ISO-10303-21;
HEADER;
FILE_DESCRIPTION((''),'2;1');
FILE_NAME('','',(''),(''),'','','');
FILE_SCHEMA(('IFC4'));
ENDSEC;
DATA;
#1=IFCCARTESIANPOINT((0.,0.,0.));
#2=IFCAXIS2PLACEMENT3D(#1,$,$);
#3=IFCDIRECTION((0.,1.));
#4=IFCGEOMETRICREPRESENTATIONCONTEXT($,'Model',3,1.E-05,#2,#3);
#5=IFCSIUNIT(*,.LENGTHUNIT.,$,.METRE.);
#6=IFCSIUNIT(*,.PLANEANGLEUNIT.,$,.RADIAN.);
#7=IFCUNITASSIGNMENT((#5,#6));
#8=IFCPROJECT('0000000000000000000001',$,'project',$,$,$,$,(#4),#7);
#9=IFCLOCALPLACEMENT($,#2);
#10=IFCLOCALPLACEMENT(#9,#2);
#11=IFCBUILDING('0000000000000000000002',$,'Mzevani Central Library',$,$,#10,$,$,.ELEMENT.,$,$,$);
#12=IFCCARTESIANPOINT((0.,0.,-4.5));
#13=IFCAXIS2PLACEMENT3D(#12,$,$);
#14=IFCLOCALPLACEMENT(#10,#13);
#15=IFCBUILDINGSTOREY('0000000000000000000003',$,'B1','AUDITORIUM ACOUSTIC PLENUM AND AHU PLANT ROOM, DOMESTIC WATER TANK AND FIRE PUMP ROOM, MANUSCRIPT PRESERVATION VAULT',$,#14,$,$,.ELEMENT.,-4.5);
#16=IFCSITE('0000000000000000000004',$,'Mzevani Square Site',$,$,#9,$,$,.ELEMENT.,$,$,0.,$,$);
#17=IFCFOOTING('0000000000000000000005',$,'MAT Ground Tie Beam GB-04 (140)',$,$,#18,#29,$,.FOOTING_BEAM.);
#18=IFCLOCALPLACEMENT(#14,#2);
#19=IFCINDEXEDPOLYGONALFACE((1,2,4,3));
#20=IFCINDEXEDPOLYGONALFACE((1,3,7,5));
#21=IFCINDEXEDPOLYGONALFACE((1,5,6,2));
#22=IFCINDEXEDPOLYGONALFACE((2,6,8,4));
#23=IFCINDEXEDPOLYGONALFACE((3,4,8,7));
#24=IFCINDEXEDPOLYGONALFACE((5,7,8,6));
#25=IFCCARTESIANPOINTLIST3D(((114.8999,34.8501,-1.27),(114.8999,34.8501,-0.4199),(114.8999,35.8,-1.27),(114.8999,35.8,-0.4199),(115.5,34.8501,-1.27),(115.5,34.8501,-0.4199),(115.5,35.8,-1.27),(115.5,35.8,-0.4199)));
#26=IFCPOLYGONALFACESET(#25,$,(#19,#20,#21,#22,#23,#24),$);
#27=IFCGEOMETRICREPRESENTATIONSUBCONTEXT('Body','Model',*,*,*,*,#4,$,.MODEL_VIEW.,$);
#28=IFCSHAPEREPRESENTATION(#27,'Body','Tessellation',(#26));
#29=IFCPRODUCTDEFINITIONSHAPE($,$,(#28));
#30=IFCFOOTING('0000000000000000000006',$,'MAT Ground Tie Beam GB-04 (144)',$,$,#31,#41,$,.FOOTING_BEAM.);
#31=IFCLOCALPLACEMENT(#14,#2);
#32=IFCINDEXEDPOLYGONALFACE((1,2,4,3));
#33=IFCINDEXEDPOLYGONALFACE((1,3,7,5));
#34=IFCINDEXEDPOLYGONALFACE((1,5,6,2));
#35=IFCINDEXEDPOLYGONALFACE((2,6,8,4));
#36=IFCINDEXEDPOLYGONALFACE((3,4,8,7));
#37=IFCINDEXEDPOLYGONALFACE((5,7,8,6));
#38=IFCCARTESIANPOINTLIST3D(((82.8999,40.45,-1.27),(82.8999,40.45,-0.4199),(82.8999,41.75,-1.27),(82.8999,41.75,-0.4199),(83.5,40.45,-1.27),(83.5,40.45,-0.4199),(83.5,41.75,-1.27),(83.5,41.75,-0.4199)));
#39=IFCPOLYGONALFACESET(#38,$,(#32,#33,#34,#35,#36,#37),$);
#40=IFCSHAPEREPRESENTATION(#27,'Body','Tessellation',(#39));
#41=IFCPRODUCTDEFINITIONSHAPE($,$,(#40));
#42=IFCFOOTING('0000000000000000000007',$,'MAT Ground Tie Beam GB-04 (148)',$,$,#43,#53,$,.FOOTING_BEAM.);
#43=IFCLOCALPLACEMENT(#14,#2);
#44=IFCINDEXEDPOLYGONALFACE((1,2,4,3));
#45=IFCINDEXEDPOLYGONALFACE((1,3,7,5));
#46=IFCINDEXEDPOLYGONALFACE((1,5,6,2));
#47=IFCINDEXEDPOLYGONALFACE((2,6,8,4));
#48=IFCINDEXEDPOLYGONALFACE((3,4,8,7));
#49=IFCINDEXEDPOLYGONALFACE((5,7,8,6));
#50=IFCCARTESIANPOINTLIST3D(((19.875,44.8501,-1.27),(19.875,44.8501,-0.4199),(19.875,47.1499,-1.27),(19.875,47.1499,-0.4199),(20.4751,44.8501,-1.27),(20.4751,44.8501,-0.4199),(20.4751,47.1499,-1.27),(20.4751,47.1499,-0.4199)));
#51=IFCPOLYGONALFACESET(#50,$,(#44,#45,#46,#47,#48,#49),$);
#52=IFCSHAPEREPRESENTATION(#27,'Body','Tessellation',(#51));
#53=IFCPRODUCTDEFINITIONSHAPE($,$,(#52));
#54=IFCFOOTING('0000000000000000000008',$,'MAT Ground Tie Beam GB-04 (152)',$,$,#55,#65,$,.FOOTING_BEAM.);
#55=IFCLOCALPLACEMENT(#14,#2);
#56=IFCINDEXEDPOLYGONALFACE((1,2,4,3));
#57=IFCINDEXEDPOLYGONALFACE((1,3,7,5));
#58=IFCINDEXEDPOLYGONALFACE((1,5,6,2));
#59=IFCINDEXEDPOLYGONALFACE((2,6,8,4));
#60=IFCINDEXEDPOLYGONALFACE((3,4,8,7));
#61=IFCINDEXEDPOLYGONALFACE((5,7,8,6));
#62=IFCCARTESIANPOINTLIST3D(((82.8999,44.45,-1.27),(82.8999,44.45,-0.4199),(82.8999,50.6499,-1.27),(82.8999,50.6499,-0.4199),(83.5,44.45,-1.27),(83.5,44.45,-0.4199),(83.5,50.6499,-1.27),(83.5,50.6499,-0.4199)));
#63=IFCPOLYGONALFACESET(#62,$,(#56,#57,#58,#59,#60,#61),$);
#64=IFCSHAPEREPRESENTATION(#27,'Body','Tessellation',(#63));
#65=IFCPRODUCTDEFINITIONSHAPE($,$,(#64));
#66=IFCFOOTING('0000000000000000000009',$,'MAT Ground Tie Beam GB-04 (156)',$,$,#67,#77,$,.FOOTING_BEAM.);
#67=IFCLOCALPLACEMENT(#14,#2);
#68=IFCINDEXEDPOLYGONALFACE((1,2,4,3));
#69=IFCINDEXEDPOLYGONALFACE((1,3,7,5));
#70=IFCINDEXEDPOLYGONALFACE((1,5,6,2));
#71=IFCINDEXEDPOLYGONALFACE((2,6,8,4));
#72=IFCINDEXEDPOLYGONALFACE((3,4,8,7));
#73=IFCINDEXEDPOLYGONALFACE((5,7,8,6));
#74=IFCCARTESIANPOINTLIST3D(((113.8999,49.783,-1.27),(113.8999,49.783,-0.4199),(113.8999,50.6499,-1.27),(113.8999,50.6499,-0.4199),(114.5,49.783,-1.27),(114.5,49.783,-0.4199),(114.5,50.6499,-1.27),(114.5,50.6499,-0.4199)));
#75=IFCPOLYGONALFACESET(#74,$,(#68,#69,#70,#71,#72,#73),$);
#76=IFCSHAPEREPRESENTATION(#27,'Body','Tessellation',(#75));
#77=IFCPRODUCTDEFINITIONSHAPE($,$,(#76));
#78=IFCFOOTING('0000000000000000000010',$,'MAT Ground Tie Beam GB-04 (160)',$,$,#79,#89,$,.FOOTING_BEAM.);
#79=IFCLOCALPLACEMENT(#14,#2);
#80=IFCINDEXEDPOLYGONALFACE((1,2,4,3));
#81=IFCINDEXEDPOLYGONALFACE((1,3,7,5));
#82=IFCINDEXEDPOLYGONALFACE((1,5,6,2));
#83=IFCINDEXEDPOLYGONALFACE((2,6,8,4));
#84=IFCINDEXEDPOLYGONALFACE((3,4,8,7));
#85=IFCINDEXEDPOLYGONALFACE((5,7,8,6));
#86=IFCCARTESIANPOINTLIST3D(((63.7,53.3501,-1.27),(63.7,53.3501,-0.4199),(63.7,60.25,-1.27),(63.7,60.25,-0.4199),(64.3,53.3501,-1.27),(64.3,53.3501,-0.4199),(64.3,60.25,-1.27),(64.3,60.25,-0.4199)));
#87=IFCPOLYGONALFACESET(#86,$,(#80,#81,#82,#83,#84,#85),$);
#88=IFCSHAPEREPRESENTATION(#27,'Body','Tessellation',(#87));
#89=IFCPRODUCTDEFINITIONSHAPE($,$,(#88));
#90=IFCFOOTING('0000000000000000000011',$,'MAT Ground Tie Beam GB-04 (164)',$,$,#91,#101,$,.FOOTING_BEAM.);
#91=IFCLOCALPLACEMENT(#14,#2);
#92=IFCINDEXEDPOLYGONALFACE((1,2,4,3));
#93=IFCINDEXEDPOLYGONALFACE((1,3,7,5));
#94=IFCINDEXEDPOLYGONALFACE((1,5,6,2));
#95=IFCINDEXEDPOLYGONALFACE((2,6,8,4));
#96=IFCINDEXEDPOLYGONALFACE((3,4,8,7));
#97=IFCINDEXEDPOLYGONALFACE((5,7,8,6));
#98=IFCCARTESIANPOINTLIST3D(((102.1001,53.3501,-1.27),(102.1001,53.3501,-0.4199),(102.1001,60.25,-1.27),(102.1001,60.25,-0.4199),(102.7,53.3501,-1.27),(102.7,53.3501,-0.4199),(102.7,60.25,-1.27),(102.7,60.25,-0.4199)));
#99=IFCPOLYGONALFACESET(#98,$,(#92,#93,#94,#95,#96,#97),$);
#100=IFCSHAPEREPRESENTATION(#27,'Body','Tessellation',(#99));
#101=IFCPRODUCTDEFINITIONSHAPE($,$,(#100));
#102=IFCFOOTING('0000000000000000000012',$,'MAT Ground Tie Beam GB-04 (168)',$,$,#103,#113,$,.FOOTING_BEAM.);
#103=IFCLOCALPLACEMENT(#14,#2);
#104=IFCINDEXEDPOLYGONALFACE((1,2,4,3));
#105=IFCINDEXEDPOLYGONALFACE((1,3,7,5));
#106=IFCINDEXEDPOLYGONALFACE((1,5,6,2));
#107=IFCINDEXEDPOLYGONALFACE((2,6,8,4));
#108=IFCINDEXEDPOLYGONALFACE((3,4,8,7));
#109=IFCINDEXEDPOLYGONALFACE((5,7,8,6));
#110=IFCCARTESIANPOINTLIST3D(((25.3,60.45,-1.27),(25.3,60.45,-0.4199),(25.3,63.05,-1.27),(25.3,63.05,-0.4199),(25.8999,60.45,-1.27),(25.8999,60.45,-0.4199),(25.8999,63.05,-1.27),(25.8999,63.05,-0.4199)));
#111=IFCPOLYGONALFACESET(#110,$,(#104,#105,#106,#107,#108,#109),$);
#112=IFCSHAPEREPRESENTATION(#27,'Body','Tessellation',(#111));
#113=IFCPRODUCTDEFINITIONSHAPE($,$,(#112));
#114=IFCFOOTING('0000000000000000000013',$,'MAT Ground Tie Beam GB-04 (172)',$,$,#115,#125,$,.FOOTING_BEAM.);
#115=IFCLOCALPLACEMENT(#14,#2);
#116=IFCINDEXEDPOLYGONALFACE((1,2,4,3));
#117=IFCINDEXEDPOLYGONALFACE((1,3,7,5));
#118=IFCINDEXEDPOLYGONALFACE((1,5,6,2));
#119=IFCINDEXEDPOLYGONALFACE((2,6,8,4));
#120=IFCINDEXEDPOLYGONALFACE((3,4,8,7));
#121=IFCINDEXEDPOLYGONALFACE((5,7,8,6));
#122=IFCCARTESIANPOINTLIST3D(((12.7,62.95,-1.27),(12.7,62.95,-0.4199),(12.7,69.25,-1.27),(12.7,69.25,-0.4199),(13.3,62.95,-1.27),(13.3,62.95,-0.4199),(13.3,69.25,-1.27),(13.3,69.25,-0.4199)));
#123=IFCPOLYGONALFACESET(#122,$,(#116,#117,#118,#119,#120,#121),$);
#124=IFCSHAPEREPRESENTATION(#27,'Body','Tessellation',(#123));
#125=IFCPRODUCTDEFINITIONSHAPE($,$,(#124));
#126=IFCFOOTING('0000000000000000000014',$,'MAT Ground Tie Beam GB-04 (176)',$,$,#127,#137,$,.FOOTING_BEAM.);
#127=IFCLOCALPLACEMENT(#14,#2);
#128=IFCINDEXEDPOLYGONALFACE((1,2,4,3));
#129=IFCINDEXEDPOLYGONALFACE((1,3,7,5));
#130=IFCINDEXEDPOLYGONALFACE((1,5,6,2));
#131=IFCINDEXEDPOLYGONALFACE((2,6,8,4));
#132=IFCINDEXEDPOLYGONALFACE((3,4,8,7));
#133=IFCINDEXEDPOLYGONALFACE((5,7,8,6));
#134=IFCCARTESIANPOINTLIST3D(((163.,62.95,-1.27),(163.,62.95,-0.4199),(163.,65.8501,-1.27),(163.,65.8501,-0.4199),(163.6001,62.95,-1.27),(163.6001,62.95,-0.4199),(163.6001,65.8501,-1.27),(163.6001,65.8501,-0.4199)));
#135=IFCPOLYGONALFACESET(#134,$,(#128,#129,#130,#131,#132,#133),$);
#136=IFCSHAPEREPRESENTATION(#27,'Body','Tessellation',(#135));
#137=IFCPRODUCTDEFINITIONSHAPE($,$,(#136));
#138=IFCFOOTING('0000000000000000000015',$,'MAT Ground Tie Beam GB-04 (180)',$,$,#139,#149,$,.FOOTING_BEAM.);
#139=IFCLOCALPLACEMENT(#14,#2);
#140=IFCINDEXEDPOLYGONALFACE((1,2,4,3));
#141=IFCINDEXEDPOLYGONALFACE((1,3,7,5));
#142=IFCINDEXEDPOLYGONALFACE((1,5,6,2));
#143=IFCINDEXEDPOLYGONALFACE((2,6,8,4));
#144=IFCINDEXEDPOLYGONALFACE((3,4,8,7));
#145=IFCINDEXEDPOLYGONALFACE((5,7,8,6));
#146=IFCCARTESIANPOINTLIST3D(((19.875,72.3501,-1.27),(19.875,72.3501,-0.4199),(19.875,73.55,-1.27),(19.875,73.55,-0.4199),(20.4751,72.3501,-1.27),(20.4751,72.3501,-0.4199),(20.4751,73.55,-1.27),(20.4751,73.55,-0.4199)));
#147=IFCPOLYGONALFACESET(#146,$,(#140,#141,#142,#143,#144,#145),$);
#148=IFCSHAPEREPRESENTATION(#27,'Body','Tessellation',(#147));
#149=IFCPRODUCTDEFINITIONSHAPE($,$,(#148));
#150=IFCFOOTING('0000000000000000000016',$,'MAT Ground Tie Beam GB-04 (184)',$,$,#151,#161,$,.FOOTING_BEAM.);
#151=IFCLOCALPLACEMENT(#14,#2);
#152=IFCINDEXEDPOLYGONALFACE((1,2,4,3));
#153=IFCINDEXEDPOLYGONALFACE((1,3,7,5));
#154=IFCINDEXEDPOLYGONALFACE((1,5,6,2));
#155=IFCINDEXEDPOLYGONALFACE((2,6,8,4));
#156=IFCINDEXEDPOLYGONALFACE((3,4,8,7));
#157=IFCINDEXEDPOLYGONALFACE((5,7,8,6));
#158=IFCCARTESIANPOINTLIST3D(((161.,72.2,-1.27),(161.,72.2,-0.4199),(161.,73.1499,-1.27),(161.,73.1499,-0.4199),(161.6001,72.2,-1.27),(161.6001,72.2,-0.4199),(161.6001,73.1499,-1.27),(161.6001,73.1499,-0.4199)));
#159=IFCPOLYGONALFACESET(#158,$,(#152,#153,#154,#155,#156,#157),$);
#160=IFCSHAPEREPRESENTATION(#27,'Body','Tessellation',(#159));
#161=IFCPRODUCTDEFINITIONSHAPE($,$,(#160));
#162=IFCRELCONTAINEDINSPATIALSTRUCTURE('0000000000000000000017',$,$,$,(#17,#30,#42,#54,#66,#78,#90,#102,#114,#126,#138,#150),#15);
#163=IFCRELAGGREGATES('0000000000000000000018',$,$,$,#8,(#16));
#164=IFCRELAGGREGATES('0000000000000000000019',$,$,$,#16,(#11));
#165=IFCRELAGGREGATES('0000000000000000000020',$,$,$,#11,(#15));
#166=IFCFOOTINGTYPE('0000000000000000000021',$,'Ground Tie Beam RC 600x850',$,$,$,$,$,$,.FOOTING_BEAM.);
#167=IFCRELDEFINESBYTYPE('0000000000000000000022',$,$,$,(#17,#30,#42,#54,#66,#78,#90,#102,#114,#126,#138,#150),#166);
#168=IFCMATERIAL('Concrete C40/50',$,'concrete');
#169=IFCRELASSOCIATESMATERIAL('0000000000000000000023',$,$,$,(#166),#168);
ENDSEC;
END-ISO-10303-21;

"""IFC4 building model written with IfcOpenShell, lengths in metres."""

from ifc_helpers import new_model, si_unit, direction, frame, origin, place, context, subcontext, project, spatial, polyline, outline, extrude, material, type_object, element, save


model = new_model("IFC4")

# Units and contexts
model_context = context("Model", 3, precision=1e-05, world=origin(), true_north=direction((0.0, 1.0)))
body_context = subcontext(model_context, "Body", "Model", "MODEL_VIEW")
ifc_project = project(units=[si_unit("LENGTHUNIT", "METRE"), si_unit("PLANEANGLEUNIT", "RADIAN")], contexts=[model_context])

# Site, building, storey
site_placement = place(None, origin())
site = spatial("IfcSite", under=ifc_project, at=site_placement, Name="Mzevani Square Site", CompositionType="ELEMENT", RefElevation=0.0)
building_placement = place(site_placement, origin())
building = spatial("IfcBuilding", under=site, at=building_placement, Name="Mzevani Central Library", CompositionType="ELEMENT")
storey_placement = place(building_placement, frame((0.0, 0.0, -4.5)))
storey = spatial("IfcBuildingStorey", under=building, at=storey_placement, Name="B1", Description="AUDITORIUM ACOUSTIC PLENUM AND AHU PLANT ROOM, DOMESTIC WATER TANK AND FIRE PUMP ROOM, MANUSCRIPT PRESERVATION VAULT", CompositionType="ELEMENT", Elevation=-4.5)

# Footings
ifc_material = material(Name="Concrete C40/50", Category="concrete")
footing_type_1 = type_object("IfcFootingType", Name="Ground Tie Beam RC 600x850", PredefinedType="FOOTING_BEAM", material=ifc_material)
footing_1_placement = place(storey_placement, frame((0.0, 0.0, -1.27)))
element("IfcFooting", 1, at=footing_1_placement, inside=storey, type_object=footing_type_1, Name="MAT Ground Tie Beam GB-04 (140)", PredefinedType="FOOTING_BEAM", context=body_context, shape_type="SweptSolid", body=[
    extrude(outline(polyline([(114.8999, 34.8501), (115.5, 34.8501), (115.5, 35.8), (114.8999, 35.8), (114.8999, 34.8501)])), origin(), (0.0, 0.0, 1.0), 0.8501),
])
footing_2_placement = place(storey_placement, frame((0.0, 0.0, -1.27)))
element("IfcFooting", 2, at=footing_2_placement, inside=storey, type_object=footing_type_1, Name="MAT Ground Tie Beam GB-04 (144)", PredefinedType="FOOTING_BEAM", context=body_context, shape_type="SweptSolid", body=[
    extrude(outline(polyline([(82.8999, 40.45), (83.5, 40.45), (83.5, 41.75), (82.8999, 41.75), (82.8999, 40.45)])), origin(), (0.0, 0.0, 1.0), 0.8501),
])
footing_3_placement = place(storey_placement, frame((0.0, 0.0, -1.27)))
element("IfcFooting", 3, at=footing_3_placement, inside=storey, type_object=footing_type_1, Name="MAT Ground Tie Beam GB-04 (148)", PredefinedType="FOOTING_BEAM", context=body_context, shape_type="SweptSolid", body=[
    extrude(outline(polyline([(19.875, 44.8501), (20.4751, 44.8501), (20.4751, 47.1499), (19.875, 47.1499), (19.875, 44.8501)])), origin(), (0.0, 0.0, 1.0), 0.8501),
])
footing_4_placement = place(storey_placement, frame((0.0, 0.0, -1.27)))
element("IfcFooting", 4, at=footing_4_placement, inside=storey, type_object=footing_type_1, Name="MAT Ground Tie Beam GB-04 (152)", PredefinedType="FOOTING_BEAM", context=body_context, shape_type="SweptSolid", body=[
    extrude(outline(polyline([(82.8999, 44.45), (83.5, 44.45), (83.5, 50.6499), (82.8999, 50.6499), (82.8999, 44.45)])), origin(), (0.0, 0.0, 1.0), 0.8501),
])
footing_5_placement = place(storey_placement, frame((0.0, 0.0, -1.27)))
element("IfcFooting", 5, at=footing_5_placement, inside=storey, type_object=footing_type_1, Name="MAT Ground Tie Beam GB-04 (156)", PredefinedType="FOOTING_BEAM", context=body_context, shape_type="SweptSolid", body=[
    extrude(outline(polyline([(113.8999, 49.783), (114.5, 49.783), (114.5, 50.6499), (113.8999, 50.6499), (113.8999, 49.783)])), origin(), (0.0, 0.0, 1.0), 0.8501),
])
footing_6_placement = place(storey_placement, frame((0.0, 0.0, -1.27)))
element("IfcFooting", 6, at=footing_6_placement, inside=storey, type_object=footing_type_1, Name="MAT Ground Tie Beam GB-04 (160)", PredefinedType="FOOTING_BEAM", context=body_context, shape_type="SweptSolid", body=[
    extrude(outline(polyline([(63.7, 53.3501), (64.3, 53.3501), (64.3, 60.25), (63.7, 60.25), (63.7, 53.3501)])), origin(), (0.0, 0.0, 1.0), 0.8501),
])
footing_7_placement = place(storey_placement, frame((0.0, 0.0, -1.27)))
element("IfcFooting", 7, at=footing_7_placement, inside=storey, type_object=footing_type_1, Name="MAT Ground Tie Beam GB-04 (164)", PredefinedType="FOOTING_BEAM", context=body_context, shape_type="SweptSolid", body=[
    extrude(outline(polyline([(102.1001, 53.3501), (102.7, 53.3501), (102.7, 60.25), (102.1001, 60.25), (102.1001, 53.3501)])), origin(), (0.0, 0.0, 1.0), 0.8501),
])
footing_8_placement = place(storey_placement, frame((0.0, 0.0, -1.27)))
element("IfcFooting", 8, at=footing_8_placement, inside=storey, type_object=footing_type_1, Name="MAT Ground Tie Beam GB-04 (168)", PredefinedType="FOOTING_BEAM", context=body_context, shape_type="SweptSolid", body=[
    extrude(outline(polyline([(25.3, 60.45), (25.8999, 60.45), (25.8999, 63.05), (25.3, 63.05), (25.3, 60.45)])), origin(), (0.0, 0.0, 1.0), 0.8501),
])
footing_9_placement = place(storey_placement, frame((0.0, 0.0, -1.27)))
element("IfcFooting", 9, at=footing_9_placement, inside=storey, type_object=footing_type_1, Name="MAT Ground Tie Beam GB-04 (172)", PredefinedType="FOOTING_BEAM", context=body_context, shape_type="SweptSolid", body=[
    extrude(outline(polyline([(12.7, 62.95), (13.3, 62.95), (13.3, 69.25), (12.7, 69.25), (12.7, 62.95)])), origin(), (0.0, 0.0, 1.0), 0.8501),
])
footing_10_placement = place(storey_placement, frame((0.0, 0.0, -1.27)))
element("IfcFooting", 10, at=footing_10_placement, inside=storey, type_object=footing_type_1, Name="MAT Ground Tie Beam GB-04 (176)", PredefinedType="FOOTING_BEAM", context=body_context, shape_type="SweptSolid", body=[
    extrude(outline(polyline([(163.0, 62.95), (163.6001, 62.95), (163.6001, 65.8501), (163.0, 65.8501), (163.0, 62.95)])), origin(), (0.0, 0.0, 1.0), 0.8501),
])
footing_11_placement = place(storey_placement, frame((0.0, 0.0, -1.27)))
element("IfcFooting", 11, at=footing_11_placement, inside=storey, type_object=footing_type_1, Name="MAT Ground Tie Beam GB-04 (180)", PredefinedType="FOOTING_BEAM", context=body_context, shape_type="SweptSolid", body=[
    extrude(outline(polyline([(19.875, 72.3501), (20.4751, 72.3501), (20.4751, 73.55), (19.875, 73.55), (19.875, 72.3501)])), origin(), (0.0, 0.0, 1.0), 0.8501),
])
footing_12_placement = place(storey_placement, frame((0.0, 0.0, -1.27)))
element("IfcFooting", 12, at=footing_12_placement, inside=storey, type_object=footing_type_1, Name="MAT Ground Tie Beam GB-04 (184)", PredefinedType="FOOTING_BEAM", context=body_context, shape_type="SweptSolid", body=[
    extrude(outline(polyline([(161.0, 72.2), (161.6001, 72.2), (161.6001, 73.1499), (161.0, 73.1499), (161.0, 72.2)])), origin(), (0.0, 0.0, 1.0), 0.8501),
])

save(model, "model.ifc")
